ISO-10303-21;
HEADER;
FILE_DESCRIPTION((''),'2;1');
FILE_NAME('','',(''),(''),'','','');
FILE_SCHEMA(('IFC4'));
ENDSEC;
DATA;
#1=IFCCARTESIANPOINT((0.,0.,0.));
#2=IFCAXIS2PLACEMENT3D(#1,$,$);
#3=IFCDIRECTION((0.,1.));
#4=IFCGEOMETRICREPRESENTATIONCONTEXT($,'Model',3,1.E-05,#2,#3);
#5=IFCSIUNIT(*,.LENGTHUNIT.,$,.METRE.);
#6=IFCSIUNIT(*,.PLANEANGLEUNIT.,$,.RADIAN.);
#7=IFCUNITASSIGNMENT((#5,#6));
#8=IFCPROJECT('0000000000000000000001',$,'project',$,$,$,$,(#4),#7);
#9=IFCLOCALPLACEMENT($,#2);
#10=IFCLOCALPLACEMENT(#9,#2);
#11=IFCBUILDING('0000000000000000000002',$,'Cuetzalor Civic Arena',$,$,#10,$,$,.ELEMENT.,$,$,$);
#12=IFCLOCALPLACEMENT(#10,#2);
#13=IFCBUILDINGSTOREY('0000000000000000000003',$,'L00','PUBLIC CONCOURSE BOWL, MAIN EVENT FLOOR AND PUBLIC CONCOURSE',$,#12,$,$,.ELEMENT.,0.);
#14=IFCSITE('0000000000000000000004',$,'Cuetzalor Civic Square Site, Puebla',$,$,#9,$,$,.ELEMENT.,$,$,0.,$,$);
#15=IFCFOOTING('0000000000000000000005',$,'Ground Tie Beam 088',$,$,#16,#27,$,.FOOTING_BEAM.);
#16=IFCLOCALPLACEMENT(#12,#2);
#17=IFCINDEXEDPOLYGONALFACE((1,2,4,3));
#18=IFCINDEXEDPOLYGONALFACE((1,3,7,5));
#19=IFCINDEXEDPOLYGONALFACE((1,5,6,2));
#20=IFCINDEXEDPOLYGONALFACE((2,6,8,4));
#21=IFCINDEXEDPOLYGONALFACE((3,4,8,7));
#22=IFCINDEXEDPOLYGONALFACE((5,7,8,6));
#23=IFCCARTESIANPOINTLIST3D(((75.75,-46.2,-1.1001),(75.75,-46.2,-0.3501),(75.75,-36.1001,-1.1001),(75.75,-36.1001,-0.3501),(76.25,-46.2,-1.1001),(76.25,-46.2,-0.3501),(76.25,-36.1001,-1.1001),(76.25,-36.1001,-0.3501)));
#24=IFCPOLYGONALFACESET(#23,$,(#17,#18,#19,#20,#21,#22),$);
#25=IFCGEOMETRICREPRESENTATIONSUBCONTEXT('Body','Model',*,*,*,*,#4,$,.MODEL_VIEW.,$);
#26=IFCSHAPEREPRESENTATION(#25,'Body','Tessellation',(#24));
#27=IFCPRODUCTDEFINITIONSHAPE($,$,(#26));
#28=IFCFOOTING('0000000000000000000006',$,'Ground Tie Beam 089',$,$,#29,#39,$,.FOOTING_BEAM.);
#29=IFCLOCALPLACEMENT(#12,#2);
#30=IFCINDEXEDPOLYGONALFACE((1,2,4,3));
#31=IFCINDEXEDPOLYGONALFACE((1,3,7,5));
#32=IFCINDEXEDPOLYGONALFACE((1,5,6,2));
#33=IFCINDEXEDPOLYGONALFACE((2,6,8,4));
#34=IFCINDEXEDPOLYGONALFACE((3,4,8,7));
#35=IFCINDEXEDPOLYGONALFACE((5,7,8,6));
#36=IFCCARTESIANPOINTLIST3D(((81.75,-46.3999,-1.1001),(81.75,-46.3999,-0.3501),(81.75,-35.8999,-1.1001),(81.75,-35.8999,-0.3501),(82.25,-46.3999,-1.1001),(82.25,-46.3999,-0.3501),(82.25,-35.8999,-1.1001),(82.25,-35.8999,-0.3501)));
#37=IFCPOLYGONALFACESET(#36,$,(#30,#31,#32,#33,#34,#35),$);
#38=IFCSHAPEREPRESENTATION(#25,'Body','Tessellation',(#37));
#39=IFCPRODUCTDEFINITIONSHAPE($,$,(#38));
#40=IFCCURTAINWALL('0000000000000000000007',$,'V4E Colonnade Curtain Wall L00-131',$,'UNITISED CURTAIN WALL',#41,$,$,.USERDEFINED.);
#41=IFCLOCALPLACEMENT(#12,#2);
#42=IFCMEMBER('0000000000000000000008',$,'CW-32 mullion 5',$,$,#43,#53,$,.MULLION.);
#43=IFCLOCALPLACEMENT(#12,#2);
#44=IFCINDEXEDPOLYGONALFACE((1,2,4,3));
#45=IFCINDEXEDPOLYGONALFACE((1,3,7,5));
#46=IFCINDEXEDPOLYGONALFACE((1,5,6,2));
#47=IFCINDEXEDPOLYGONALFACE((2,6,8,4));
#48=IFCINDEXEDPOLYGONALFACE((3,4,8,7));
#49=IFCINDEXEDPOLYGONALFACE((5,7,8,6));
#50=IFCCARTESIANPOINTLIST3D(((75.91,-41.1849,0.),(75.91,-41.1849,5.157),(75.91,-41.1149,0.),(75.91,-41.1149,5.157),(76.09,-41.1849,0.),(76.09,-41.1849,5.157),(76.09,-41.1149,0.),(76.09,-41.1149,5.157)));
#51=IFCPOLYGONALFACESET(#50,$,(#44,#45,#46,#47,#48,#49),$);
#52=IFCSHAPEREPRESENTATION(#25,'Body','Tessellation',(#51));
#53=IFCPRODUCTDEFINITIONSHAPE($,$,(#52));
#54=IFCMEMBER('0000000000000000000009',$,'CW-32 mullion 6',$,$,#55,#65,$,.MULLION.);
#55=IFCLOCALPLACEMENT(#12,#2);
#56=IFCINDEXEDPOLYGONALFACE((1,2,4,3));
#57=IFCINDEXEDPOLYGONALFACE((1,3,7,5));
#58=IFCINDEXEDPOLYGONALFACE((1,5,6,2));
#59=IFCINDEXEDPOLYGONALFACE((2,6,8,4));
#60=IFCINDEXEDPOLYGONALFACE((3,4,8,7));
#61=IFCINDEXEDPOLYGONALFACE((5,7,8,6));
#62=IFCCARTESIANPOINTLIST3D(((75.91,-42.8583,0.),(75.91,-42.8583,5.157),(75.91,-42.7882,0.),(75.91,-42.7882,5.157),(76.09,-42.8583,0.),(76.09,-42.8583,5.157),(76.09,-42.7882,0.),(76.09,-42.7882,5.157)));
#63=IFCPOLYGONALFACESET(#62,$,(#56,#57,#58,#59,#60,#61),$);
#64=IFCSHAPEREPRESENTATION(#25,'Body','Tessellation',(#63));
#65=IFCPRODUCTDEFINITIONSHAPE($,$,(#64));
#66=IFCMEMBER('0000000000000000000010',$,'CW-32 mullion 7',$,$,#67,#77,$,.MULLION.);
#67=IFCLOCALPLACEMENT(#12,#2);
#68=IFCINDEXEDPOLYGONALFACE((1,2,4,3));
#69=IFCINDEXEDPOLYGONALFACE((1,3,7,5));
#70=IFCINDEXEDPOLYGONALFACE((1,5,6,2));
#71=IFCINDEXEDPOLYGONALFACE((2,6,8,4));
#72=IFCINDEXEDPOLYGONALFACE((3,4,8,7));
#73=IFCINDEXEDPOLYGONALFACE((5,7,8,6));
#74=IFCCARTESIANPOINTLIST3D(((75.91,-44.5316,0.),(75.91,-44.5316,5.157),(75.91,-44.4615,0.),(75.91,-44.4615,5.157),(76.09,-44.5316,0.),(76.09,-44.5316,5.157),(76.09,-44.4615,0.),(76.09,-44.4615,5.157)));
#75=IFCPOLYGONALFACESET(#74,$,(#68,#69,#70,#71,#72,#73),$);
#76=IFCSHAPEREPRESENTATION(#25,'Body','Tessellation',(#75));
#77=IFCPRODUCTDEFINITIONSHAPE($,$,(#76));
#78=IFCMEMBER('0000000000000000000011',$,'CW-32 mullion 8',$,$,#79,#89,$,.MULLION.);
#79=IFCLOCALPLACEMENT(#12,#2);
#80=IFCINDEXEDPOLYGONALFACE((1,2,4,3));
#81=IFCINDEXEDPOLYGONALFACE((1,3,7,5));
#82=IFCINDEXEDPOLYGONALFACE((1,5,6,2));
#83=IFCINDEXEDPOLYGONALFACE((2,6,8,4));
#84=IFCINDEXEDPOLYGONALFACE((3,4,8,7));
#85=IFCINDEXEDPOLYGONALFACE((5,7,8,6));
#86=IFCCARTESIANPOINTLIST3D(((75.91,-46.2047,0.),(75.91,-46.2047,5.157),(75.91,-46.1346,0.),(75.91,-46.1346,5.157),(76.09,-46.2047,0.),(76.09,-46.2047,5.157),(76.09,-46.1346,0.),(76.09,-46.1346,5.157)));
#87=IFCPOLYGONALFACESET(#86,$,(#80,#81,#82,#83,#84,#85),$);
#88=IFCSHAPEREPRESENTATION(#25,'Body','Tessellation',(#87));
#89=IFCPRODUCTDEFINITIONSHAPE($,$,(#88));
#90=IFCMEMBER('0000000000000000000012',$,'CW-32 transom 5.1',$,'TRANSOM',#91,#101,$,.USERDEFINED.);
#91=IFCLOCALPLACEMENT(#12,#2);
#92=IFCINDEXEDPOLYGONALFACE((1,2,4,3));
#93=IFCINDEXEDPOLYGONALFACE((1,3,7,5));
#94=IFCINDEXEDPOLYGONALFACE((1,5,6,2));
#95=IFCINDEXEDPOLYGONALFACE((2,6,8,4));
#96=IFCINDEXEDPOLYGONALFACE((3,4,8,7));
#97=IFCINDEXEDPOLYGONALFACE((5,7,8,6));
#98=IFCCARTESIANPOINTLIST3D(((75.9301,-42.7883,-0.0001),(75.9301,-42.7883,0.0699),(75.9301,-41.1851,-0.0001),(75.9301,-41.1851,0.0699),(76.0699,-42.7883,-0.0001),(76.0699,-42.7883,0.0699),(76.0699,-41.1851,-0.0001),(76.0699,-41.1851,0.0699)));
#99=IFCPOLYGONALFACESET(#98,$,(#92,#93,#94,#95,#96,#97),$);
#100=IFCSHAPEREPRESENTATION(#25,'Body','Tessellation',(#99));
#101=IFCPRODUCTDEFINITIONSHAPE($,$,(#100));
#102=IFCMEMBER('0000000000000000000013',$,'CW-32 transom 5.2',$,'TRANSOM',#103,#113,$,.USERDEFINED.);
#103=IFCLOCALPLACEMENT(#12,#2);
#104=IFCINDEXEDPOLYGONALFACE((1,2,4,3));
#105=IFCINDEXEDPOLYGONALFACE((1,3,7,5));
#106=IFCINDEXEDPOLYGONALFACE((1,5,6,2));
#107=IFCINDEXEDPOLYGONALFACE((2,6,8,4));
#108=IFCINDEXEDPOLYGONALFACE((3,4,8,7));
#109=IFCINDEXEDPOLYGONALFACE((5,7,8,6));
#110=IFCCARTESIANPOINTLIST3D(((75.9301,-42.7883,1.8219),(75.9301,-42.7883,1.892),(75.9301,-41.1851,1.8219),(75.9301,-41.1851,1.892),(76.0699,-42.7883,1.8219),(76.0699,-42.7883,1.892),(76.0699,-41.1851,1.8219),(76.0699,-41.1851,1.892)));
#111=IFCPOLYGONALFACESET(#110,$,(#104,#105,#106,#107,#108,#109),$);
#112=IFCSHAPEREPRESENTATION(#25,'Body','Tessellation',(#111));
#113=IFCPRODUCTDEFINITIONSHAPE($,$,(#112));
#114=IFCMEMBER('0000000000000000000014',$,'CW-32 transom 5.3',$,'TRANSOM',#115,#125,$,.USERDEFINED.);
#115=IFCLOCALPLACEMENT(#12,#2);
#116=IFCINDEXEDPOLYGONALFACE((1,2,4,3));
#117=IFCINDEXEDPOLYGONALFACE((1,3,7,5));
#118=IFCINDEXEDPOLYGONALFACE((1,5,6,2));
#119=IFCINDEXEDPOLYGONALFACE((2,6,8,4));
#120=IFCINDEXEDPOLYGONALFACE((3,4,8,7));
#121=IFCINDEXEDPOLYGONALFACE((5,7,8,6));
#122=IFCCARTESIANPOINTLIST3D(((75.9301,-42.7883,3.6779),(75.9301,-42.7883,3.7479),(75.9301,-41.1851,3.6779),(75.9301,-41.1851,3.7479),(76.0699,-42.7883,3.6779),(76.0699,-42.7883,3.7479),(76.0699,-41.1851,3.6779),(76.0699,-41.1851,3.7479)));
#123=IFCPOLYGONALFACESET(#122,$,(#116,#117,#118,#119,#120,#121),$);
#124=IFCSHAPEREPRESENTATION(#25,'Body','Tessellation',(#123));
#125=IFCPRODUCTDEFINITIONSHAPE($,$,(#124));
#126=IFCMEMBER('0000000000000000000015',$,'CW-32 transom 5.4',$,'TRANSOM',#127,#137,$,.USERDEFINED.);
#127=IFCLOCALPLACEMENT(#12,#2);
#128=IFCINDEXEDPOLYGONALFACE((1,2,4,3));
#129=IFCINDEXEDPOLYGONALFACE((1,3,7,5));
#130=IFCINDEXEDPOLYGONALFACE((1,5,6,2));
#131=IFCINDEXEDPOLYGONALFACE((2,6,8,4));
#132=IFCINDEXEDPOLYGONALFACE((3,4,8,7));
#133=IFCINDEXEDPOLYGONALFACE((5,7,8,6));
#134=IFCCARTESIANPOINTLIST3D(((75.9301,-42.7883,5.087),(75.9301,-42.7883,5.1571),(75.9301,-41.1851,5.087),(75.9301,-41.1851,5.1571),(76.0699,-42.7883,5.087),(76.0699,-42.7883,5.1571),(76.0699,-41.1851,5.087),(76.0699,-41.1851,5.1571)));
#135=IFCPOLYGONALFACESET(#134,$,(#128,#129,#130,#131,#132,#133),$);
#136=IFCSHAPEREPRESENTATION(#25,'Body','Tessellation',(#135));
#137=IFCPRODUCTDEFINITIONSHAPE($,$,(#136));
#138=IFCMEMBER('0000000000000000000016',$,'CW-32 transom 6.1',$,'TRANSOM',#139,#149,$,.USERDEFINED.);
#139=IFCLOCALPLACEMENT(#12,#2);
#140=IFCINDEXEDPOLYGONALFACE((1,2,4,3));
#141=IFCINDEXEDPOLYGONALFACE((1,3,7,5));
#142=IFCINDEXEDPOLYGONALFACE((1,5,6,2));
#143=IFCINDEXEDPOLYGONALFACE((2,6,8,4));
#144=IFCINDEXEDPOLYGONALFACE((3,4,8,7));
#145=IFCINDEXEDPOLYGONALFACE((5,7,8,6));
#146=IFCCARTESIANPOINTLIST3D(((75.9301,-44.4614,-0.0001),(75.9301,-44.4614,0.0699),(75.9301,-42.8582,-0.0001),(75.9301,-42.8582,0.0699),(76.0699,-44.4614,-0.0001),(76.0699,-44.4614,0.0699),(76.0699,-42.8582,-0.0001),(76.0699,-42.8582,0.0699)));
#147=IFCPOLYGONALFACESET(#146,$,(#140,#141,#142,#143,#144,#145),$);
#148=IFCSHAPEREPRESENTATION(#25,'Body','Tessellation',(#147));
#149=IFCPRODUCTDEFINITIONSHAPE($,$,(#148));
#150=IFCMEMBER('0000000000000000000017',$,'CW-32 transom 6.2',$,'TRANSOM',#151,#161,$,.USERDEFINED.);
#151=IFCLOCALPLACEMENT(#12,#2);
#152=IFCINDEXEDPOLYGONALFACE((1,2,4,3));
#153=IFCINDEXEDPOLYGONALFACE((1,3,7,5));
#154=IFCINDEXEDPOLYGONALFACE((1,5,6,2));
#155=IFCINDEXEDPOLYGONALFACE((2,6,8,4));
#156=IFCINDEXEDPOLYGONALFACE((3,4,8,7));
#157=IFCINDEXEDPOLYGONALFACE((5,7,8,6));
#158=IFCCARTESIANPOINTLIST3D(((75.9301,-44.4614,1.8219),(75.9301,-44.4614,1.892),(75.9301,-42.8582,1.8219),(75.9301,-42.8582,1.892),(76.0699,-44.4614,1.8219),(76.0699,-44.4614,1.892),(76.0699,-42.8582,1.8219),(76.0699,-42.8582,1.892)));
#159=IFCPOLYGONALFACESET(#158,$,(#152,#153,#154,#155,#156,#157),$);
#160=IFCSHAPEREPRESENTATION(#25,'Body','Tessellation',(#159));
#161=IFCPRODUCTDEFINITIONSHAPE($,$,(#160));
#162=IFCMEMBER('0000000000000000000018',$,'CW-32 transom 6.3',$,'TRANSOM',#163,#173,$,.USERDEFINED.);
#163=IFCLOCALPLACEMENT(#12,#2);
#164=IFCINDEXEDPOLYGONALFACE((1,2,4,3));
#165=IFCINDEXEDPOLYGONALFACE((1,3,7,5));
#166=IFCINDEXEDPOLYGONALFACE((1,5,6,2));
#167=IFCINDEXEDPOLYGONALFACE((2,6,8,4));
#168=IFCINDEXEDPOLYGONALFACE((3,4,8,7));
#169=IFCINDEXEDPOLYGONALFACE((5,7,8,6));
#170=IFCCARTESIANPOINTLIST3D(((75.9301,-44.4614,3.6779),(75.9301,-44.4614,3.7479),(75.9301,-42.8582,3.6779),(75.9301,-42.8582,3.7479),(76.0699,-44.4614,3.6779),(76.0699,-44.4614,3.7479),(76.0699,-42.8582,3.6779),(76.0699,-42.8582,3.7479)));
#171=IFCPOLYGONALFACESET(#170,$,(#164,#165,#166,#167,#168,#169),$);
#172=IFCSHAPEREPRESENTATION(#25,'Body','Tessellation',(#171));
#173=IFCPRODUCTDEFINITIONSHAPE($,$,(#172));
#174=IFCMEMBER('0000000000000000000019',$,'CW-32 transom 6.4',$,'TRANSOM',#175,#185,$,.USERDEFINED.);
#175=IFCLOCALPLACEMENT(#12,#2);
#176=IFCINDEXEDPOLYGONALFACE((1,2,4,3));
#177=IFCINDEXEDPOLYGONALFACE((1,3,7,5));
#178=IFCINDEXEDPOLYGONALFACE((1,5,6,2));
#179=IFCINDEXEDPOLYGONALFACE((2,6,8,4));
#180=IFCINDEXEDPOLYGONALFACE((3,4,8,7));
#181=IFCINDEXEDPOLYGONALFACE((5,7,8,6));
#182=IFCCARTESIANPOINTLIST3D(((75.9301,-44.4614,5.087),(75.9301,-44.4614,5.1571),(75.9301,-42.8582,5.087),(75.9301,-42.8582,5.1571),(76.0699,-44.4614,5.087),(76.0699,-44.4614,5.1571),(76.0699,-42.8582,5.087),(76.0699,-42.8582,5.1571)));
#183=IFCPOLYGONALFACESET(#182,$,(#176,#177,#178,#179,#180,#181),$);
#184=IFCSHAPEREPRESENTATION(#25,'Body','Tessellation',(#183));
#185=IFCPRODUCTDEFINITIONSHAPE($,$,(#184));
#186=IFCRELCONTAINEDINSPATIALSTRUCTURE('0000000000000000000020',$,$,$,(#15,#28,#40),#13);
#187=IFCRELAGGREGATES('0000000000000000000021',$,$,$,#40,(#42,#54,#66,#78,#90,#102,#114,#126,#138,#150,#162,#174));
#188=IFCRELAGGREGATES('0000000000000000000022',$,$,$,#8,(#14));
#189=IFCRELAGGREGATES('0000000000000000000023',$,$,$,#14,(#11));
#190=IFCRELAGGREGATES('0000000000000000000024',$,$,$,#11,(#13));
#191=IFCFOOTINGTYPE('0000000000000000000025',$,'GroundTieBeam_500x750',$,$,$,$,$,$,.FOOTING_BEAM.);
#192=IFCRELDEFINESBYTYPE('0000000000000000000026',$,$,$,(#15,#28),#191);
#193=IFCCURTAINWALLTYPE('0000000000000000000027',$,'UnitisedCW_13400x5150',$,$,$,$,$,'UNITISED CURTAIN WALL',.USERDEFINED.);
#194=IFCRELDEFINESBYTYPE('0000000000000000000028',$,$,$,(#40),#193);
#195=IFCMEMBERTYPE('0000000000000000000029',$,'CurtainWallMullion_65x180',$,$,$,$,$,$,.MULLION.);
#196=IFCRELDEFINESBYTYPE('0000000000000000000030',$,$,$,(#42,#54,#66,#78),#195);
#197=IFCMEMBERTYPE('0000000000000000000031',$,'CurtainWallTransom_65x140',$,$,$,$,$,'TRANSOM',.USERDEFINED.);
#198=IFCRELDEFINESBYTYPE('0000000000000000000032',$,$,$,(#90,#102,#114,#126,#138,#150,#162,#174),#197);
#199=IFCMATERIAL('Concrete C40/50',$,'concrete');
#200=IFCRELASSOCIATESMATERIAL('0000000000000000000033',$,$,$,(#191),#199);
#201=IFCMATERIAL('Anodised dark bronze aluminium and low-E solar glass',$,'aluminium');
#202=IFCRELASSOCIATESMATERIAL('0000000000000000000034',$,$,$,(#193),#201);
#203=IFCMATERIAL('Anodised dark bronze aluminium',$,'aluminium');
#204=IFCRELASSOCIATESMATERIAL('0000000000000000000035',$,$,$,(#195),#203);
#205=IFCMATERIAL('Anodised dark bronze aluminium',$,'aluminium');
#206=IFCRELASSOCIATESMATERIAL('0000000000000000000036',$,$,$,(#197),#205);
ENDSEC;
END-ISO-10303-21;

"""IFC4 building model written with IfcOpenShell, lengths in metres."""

from ifc_helpers import new_model, si_unit, direction, frame, origin, origin_2d, place, context, subcontext, project, spatial, rectangle, extrude, material, material_profile, profile_set, type_object, element, aggregate, save


model = new_model("IFC4")

# Units and contexts
model_context = context("Model", 3, precision=1e-05, world=origin(), true_north=direction((0.0, 1.0)))
body_context = subcontext(model_context, "Body", "Model", "MODEL_VIEW")
ifc_project = project(units=[si_unit("LENGTHUNIT", "METRE"), si_unit("PLANEANGLEUNIT", "RADIAN")], contexts=[model_context])

# Site, building, storey
site_placement = place(None, origin())
site = spatial("IfcSite", under=ifc_project, at=site_placement, Name="Cuetzalor Civic Square Site, Puebla", CompositionType="ELEMENT", RefElevation=0.0)
building_placement = place(site_placement, origin())
building = spatial("IfcBuilding", under=site, at=building_placement, Name="Cuetzalor Civic Arena", CompositionType="ELEMENT")
storey_placement = place(building_placement, origin())
storey = spatial("IfcBuildingStorey", under=building, at=storey_placement, Name="L00", Description="PUBLIC CONCOURSE BOWL, MAIN EVENT FLOOR AND PUBLIC CONCOURSE", CompositionType="ELEMENT", Elevation=0.0)

# Footings
ifc_material_1 = material(Name="Concrete C40/50", Category="concrete")
ifc_material_profile_1 = material_profile(ifc_material_1, rectangle(XDim=0.5, YDim=0.75, at=origin_2d()), Name="RC 500x750")
ifc_profile_set_1 = profile_set([ifc_material_profile_1], Name="Concrete C40/50")
footing_type = type_object("IfcFootingType", Name="GroundTieBeam_500x750", PredefinedType="FOOTING_BEAM", material=ifc_profile_set_1)
footing_1_placement = place(storey_placement, frame((76.0, -46.2, -0.7251), z_axis=(0.0, 1.0, 0.0), x_axis=(-1.0, 0.0, 0.0)))
element("IfcFooting", 1, at=footing_1_placement, inside=storey, type_object=footing_type, Name="Ground Tie Beam 088", PredefinedType="FOOTING_BEAM", context=body_context, shape_type="SweptSolid", body=[
    extrude(rectangle(XDim=0.5, YDim=0.75, at=origin_2d()), origin(), (0.0, 0.0, 1.0), 10.0999),
])
footing_2_placement = place(storey_placement, frame((82.0, -46.3999, -0.7251), z_axis=(0.0, 1.0, 0.0), x_axis=(-1.0, 0.0, 0.0)))
element("IfcFooting", 2, at=footing_2_placement, inside=storey, type_object=footing_type, Name="Ground Tie Beam 089", PredefinedType="FOOTING_BEAM", context=body_context, shape_type="SweptSolid", body=[
    extrude(rectangle(XDim=0.5, YDim=0.75, at=origin_2d()), origin(), (0.0, 0.0, 1.0), 10.5),
])

# Curtain wall, members
ifc_material_2 = material(Name="Anodised dark bronze aluminium and low-E solar glass", Category="aluminium")
curtain_wall_type = type_object("IfcCurtainWallType", Name="UnitisedCW_13400x5150", ElementType="UNITISED CURTAIN WALL", PredefinedType="USERDEFINED", material=ifc_material_2)
curtain_wall_placement = place(storey_placement, origin())
curtain_wall = element("IfcCurtainWall", 3, at=curtain_wall_placement, inside=storey, type_object=curtain_wall_type, Name="V4E Colonnade Curtain Wall L00-131", ObjectType="UNITISED CURTAIN WALL", PredefinedType="USERDEFINED")
ifc_material_3 = material(Name="Anodised dark bronze aluminium", Category="aluminium")
ifc_material_profile_2 = material_profile(ifc_material_3, rectangle(XDim=0.0701, YDim=0.1799, at=origin_2d()), Name="ALU MULLION 70x180")
ifc_profile_set_2 = profile_set([ifc_material_profile_2], Name="Anodised dark bronze aluminium")
member_type_1 = type_object("IfcMemberType", Name="CurtainWallMullion_65x180", PredefinedType="MULLION", material=ifc_profile_set_2)
member_1_placement = place(storey_placement, frame((76.0, -41.1499, 0.0), z_axis=(0.0, 0.0, 1.0), x_axis=(0.0, -1.0, 0.0)))
member_1 = element("IfcMember", 4, at=member_1_placement, type_object=member_type_1, Name="CW-32 mullion 5", PredefinedType="MULLION", context=body_context, shape_type="SweptSolid", body=[
    extrude(rectangle(XDim=0.0701, YDim=0.1799, at=origin_2d()), origin(), (0.0, 0.0, 1.0), 5.157),
])
member_2_placement = place(storey_placement, frame((76.0, -42.8232, 0.0), z_axis=(0.0, 0.0, 1.0), x_axis=(0.0, -1.0, 0.0)))
member_2 = element("IfcMember", 5, at=member_2_placement, type_object=member_type_1, Name="CW-32 mullion 6", PredefinedType="MULLION", context=body_context, shape_type="SweptSolid", body=[
    extrude(rectangle(XDim=0.0701, YDim=0.1799, at=origin_2d()), origin(), (0.0, 0.0, 1.0), 5.157),
])
member_3_placement = place(storey_placement, frame((76.0, -44.4966, 0.0), z_axis=(0.0, 0.0, 1.0), x_axis=(0.0, -1.0, 0.0)))
member_3 = element("IfcMember", 6, at=member_3_placement, type_object=member_type_1, Name="CW-32 mullion 7", PredefinedType="MULLION", context=body_context, shape_type="SweptSolid", body=[
    extrude(rectangle(XDim=0.0701, YDim=0.1799, at=origin_2d()), origin(), (0.0, 0.0, 1.0), 5.157),
])
member_4_placement = place(storey_placement, frame((76.0, -46.1697, 0.0), z_axis=(0.0, 0.0, 1.0), x_axis=(0.0, -1.0, 0.0)))
member_4 = element("IfcMember", 7, at=member_4_placement, type_object=member_type_1, Name="CW-32 mullion 8", PredefinedType="MULLION", context=body_context, shape_type="SweptSolid", body=[
    extrude(rectangle(XDim=0.0701, YDim=0.1799, at=origin_2d()), origin(), (0.0, 0.0, 1.0), 5.157),
])
ifc_material_4 = material(Name="Anodised dark bronze aluminium", Category="aluminium")
ifc_material_profile_3 = material_profile(ifc_material_4, rectangle(XDim=0.1399, YDim=0.0701, at=origin_2d()), Name="ALU TRANSOM 70x140")
ifc_profile_set_3 = profile_set([ifc_material_profile_3], Name="Anodised dark bronze aluminium")
member_type_2 = type_object("IfcMemberType", Name="CurtainWallTransom_65x140", ElementType="TRANSOM", PredefinedType="USERDEFINED", material=ifc_profile_set_3)
member_5_placement = place(storey_placement, frame((76.0, -41.1851, 0.0349), z_axis=(0.0, -1.0, 0.0), x_axis=(1.0, 0.0, 0.0)))
member_5 = element("IfcMember", 8, at=member_5_placement, type_object=member_type_2, Name="CW-32 transom 5.1", ObjectType="TRANSOM", PredefinedType="USERDEFINED", context=body_context, shape_type="SweptSolid", body=[
    extrude(rectangle(XDim=0.1399, YDim=0.0701, at=origin_2d()), origin(), (0.0, 0.0, 1.0), 1.6033),
])
member_6_placement = place(storey_placement, frame((76.0, -41.1851, 1.8569), z_axis=(0.0, -1.0, 0.0), x_axis=(1.0, 0.0, 0.0)))
member_6 = element("IfcMember", 9, at=member_6_placement, type_object=member_type_2, Name="CW-32 transom 5.2", ObjectType="TRANSOM", PredefinedType="USERDEFINED", context=body_context, shape_type="SweptSolid", body=[
    extrude(rectangle(XDim=0.1399, YDim=0.0701, at=origin_2d()), origin(), (0.0, 0.0, 1.0), 1.6033),
])
member_7_placement = place(storey_placement, frame((76.0, -41.1851, 3.7129), z_axis=(0.0, -1.0, 0.0), x_axis=(1.0, 0.0, 0.0)))
member_7 = element("IfcMember", 10, at=member_7_placement, type_object=member_type_2, Name="CW-32 transom 5.3", ObjectType="TRANSOM", PredefinedType="USERDEFINED", context=body_context, shape_type="SweptSolid", body=[
    extrude(rectangle(XDim=0.1399, YDim=0.0701, at=origin_2d()), origin(), (0.0, 0.0, 1.0), 1.6033),
])
member_8_placement = place(storey_placement, frame((76.0, -41.1851, 5.1221), z_axis=(0.0, -1.0, 0.0), x_axis=(1.0, 0.0, 0.0)))
member_8 = element("IfcMember", 11, at=member_8_placement, type_object=member_type_2, Name="CW-32 transom 5.4", ObjectType="TRANSOM", PredefinedType="USERDEFINED", context=body_context, shape_type="SweptSolid", body=[
    extrude(rectangle(XDim=0.1399, YDim=0.0701, at=origin_2d()), origin(), (0.0, 0.0, 1.0), 1.6033),
])
member_9_placement = place(storey_placement, frame((76.0, -42.8582, 0.0349), z_axis=(0.0, -1.0, 0.0), x_axis=(1.0, 0.0, 0.0)))
member_9 = element("IfcMember", 12, at=member_9_placement, type_object=member_type_2, Name="CW-32 transom 6.1", ObjectType="TRANSOM", PredefinedType="USERDEFINED", context=body_context, shape_type="SweptSolid", body=[
    extrude(rectangle(XDim=0.1399, YDim=0.0701, at=origin_2d()), origin(), (0.0, 0.0, 1.0), 1.6033),
])
member_10_placement = place(storey_placement, frame((76.0, -42.8582, 1.8569), z_axis=(0.0, -1.0, 0.0), x_axis=(1.0, 0.0, 0.0)))
member_10 = element("IfcMember", 13, at=member_10_placement, type_object=member_type_2, Name="CW-32 transom 6.2", ObjectType="TRANSOM", PredefinedType="USERDEFINED", context=body_context, shape_type="SweptSolid", body=[
    extrude(rectangle(XDim=0.1399, YDim=0.0701, at=origin_2d()), origin(), (0.0, 0.0, 1.0), 1.6033),
])
member_11_placement = place(storey_placement, frame((76.0, -42.8582, 3.7129), z_axis=(0.0, -1.0, 0.0), x_axis=(1.0, 0.0, 0.0)))
member_11 = element("IfcMember", 14, at=member_11_placement, type_object=member_type_2, Name="CW-32 transom 6.3", ObjectType="TRANSOM", PredefinedType="USERDEFINED", context=body_context, shape_type="SweptSolid", body=[
    extrude(rectangle(XDim=0.1399, YDim=0.0701, at=origin_2d()), origin(), (0.0, 0.0, 1.0), 1.6033),
])
member_12_placement = place(storey_placement, frame((76.0, -42.8582, 5.1221), z_axis=(0.0, -1.0, 0.0), x_axis=(1.0, 0.0, 0.0)))
member_12 = element("IfcMember", 15, at=member_12_placement, type_object=member_type_2, Name="CW-32 transom 6.4", ObjectType="TRANSOM", PredefinedType="USERDEFINED", context=body_context, shape_type="SweptSolid", body=[
    extrude(rectangle(XDim=0.1399, YDim=0.0701, at=origin_2d()), origin(), (0.0, 0.0, 1.0), 1.6033),
])

aggregate(curtain_wall, [member_1, member_2, member_3, member_4, member_5, member_6, member_7, member_8, member_9, member_10, member_11, member_12])

save(model, "model.ifc")
